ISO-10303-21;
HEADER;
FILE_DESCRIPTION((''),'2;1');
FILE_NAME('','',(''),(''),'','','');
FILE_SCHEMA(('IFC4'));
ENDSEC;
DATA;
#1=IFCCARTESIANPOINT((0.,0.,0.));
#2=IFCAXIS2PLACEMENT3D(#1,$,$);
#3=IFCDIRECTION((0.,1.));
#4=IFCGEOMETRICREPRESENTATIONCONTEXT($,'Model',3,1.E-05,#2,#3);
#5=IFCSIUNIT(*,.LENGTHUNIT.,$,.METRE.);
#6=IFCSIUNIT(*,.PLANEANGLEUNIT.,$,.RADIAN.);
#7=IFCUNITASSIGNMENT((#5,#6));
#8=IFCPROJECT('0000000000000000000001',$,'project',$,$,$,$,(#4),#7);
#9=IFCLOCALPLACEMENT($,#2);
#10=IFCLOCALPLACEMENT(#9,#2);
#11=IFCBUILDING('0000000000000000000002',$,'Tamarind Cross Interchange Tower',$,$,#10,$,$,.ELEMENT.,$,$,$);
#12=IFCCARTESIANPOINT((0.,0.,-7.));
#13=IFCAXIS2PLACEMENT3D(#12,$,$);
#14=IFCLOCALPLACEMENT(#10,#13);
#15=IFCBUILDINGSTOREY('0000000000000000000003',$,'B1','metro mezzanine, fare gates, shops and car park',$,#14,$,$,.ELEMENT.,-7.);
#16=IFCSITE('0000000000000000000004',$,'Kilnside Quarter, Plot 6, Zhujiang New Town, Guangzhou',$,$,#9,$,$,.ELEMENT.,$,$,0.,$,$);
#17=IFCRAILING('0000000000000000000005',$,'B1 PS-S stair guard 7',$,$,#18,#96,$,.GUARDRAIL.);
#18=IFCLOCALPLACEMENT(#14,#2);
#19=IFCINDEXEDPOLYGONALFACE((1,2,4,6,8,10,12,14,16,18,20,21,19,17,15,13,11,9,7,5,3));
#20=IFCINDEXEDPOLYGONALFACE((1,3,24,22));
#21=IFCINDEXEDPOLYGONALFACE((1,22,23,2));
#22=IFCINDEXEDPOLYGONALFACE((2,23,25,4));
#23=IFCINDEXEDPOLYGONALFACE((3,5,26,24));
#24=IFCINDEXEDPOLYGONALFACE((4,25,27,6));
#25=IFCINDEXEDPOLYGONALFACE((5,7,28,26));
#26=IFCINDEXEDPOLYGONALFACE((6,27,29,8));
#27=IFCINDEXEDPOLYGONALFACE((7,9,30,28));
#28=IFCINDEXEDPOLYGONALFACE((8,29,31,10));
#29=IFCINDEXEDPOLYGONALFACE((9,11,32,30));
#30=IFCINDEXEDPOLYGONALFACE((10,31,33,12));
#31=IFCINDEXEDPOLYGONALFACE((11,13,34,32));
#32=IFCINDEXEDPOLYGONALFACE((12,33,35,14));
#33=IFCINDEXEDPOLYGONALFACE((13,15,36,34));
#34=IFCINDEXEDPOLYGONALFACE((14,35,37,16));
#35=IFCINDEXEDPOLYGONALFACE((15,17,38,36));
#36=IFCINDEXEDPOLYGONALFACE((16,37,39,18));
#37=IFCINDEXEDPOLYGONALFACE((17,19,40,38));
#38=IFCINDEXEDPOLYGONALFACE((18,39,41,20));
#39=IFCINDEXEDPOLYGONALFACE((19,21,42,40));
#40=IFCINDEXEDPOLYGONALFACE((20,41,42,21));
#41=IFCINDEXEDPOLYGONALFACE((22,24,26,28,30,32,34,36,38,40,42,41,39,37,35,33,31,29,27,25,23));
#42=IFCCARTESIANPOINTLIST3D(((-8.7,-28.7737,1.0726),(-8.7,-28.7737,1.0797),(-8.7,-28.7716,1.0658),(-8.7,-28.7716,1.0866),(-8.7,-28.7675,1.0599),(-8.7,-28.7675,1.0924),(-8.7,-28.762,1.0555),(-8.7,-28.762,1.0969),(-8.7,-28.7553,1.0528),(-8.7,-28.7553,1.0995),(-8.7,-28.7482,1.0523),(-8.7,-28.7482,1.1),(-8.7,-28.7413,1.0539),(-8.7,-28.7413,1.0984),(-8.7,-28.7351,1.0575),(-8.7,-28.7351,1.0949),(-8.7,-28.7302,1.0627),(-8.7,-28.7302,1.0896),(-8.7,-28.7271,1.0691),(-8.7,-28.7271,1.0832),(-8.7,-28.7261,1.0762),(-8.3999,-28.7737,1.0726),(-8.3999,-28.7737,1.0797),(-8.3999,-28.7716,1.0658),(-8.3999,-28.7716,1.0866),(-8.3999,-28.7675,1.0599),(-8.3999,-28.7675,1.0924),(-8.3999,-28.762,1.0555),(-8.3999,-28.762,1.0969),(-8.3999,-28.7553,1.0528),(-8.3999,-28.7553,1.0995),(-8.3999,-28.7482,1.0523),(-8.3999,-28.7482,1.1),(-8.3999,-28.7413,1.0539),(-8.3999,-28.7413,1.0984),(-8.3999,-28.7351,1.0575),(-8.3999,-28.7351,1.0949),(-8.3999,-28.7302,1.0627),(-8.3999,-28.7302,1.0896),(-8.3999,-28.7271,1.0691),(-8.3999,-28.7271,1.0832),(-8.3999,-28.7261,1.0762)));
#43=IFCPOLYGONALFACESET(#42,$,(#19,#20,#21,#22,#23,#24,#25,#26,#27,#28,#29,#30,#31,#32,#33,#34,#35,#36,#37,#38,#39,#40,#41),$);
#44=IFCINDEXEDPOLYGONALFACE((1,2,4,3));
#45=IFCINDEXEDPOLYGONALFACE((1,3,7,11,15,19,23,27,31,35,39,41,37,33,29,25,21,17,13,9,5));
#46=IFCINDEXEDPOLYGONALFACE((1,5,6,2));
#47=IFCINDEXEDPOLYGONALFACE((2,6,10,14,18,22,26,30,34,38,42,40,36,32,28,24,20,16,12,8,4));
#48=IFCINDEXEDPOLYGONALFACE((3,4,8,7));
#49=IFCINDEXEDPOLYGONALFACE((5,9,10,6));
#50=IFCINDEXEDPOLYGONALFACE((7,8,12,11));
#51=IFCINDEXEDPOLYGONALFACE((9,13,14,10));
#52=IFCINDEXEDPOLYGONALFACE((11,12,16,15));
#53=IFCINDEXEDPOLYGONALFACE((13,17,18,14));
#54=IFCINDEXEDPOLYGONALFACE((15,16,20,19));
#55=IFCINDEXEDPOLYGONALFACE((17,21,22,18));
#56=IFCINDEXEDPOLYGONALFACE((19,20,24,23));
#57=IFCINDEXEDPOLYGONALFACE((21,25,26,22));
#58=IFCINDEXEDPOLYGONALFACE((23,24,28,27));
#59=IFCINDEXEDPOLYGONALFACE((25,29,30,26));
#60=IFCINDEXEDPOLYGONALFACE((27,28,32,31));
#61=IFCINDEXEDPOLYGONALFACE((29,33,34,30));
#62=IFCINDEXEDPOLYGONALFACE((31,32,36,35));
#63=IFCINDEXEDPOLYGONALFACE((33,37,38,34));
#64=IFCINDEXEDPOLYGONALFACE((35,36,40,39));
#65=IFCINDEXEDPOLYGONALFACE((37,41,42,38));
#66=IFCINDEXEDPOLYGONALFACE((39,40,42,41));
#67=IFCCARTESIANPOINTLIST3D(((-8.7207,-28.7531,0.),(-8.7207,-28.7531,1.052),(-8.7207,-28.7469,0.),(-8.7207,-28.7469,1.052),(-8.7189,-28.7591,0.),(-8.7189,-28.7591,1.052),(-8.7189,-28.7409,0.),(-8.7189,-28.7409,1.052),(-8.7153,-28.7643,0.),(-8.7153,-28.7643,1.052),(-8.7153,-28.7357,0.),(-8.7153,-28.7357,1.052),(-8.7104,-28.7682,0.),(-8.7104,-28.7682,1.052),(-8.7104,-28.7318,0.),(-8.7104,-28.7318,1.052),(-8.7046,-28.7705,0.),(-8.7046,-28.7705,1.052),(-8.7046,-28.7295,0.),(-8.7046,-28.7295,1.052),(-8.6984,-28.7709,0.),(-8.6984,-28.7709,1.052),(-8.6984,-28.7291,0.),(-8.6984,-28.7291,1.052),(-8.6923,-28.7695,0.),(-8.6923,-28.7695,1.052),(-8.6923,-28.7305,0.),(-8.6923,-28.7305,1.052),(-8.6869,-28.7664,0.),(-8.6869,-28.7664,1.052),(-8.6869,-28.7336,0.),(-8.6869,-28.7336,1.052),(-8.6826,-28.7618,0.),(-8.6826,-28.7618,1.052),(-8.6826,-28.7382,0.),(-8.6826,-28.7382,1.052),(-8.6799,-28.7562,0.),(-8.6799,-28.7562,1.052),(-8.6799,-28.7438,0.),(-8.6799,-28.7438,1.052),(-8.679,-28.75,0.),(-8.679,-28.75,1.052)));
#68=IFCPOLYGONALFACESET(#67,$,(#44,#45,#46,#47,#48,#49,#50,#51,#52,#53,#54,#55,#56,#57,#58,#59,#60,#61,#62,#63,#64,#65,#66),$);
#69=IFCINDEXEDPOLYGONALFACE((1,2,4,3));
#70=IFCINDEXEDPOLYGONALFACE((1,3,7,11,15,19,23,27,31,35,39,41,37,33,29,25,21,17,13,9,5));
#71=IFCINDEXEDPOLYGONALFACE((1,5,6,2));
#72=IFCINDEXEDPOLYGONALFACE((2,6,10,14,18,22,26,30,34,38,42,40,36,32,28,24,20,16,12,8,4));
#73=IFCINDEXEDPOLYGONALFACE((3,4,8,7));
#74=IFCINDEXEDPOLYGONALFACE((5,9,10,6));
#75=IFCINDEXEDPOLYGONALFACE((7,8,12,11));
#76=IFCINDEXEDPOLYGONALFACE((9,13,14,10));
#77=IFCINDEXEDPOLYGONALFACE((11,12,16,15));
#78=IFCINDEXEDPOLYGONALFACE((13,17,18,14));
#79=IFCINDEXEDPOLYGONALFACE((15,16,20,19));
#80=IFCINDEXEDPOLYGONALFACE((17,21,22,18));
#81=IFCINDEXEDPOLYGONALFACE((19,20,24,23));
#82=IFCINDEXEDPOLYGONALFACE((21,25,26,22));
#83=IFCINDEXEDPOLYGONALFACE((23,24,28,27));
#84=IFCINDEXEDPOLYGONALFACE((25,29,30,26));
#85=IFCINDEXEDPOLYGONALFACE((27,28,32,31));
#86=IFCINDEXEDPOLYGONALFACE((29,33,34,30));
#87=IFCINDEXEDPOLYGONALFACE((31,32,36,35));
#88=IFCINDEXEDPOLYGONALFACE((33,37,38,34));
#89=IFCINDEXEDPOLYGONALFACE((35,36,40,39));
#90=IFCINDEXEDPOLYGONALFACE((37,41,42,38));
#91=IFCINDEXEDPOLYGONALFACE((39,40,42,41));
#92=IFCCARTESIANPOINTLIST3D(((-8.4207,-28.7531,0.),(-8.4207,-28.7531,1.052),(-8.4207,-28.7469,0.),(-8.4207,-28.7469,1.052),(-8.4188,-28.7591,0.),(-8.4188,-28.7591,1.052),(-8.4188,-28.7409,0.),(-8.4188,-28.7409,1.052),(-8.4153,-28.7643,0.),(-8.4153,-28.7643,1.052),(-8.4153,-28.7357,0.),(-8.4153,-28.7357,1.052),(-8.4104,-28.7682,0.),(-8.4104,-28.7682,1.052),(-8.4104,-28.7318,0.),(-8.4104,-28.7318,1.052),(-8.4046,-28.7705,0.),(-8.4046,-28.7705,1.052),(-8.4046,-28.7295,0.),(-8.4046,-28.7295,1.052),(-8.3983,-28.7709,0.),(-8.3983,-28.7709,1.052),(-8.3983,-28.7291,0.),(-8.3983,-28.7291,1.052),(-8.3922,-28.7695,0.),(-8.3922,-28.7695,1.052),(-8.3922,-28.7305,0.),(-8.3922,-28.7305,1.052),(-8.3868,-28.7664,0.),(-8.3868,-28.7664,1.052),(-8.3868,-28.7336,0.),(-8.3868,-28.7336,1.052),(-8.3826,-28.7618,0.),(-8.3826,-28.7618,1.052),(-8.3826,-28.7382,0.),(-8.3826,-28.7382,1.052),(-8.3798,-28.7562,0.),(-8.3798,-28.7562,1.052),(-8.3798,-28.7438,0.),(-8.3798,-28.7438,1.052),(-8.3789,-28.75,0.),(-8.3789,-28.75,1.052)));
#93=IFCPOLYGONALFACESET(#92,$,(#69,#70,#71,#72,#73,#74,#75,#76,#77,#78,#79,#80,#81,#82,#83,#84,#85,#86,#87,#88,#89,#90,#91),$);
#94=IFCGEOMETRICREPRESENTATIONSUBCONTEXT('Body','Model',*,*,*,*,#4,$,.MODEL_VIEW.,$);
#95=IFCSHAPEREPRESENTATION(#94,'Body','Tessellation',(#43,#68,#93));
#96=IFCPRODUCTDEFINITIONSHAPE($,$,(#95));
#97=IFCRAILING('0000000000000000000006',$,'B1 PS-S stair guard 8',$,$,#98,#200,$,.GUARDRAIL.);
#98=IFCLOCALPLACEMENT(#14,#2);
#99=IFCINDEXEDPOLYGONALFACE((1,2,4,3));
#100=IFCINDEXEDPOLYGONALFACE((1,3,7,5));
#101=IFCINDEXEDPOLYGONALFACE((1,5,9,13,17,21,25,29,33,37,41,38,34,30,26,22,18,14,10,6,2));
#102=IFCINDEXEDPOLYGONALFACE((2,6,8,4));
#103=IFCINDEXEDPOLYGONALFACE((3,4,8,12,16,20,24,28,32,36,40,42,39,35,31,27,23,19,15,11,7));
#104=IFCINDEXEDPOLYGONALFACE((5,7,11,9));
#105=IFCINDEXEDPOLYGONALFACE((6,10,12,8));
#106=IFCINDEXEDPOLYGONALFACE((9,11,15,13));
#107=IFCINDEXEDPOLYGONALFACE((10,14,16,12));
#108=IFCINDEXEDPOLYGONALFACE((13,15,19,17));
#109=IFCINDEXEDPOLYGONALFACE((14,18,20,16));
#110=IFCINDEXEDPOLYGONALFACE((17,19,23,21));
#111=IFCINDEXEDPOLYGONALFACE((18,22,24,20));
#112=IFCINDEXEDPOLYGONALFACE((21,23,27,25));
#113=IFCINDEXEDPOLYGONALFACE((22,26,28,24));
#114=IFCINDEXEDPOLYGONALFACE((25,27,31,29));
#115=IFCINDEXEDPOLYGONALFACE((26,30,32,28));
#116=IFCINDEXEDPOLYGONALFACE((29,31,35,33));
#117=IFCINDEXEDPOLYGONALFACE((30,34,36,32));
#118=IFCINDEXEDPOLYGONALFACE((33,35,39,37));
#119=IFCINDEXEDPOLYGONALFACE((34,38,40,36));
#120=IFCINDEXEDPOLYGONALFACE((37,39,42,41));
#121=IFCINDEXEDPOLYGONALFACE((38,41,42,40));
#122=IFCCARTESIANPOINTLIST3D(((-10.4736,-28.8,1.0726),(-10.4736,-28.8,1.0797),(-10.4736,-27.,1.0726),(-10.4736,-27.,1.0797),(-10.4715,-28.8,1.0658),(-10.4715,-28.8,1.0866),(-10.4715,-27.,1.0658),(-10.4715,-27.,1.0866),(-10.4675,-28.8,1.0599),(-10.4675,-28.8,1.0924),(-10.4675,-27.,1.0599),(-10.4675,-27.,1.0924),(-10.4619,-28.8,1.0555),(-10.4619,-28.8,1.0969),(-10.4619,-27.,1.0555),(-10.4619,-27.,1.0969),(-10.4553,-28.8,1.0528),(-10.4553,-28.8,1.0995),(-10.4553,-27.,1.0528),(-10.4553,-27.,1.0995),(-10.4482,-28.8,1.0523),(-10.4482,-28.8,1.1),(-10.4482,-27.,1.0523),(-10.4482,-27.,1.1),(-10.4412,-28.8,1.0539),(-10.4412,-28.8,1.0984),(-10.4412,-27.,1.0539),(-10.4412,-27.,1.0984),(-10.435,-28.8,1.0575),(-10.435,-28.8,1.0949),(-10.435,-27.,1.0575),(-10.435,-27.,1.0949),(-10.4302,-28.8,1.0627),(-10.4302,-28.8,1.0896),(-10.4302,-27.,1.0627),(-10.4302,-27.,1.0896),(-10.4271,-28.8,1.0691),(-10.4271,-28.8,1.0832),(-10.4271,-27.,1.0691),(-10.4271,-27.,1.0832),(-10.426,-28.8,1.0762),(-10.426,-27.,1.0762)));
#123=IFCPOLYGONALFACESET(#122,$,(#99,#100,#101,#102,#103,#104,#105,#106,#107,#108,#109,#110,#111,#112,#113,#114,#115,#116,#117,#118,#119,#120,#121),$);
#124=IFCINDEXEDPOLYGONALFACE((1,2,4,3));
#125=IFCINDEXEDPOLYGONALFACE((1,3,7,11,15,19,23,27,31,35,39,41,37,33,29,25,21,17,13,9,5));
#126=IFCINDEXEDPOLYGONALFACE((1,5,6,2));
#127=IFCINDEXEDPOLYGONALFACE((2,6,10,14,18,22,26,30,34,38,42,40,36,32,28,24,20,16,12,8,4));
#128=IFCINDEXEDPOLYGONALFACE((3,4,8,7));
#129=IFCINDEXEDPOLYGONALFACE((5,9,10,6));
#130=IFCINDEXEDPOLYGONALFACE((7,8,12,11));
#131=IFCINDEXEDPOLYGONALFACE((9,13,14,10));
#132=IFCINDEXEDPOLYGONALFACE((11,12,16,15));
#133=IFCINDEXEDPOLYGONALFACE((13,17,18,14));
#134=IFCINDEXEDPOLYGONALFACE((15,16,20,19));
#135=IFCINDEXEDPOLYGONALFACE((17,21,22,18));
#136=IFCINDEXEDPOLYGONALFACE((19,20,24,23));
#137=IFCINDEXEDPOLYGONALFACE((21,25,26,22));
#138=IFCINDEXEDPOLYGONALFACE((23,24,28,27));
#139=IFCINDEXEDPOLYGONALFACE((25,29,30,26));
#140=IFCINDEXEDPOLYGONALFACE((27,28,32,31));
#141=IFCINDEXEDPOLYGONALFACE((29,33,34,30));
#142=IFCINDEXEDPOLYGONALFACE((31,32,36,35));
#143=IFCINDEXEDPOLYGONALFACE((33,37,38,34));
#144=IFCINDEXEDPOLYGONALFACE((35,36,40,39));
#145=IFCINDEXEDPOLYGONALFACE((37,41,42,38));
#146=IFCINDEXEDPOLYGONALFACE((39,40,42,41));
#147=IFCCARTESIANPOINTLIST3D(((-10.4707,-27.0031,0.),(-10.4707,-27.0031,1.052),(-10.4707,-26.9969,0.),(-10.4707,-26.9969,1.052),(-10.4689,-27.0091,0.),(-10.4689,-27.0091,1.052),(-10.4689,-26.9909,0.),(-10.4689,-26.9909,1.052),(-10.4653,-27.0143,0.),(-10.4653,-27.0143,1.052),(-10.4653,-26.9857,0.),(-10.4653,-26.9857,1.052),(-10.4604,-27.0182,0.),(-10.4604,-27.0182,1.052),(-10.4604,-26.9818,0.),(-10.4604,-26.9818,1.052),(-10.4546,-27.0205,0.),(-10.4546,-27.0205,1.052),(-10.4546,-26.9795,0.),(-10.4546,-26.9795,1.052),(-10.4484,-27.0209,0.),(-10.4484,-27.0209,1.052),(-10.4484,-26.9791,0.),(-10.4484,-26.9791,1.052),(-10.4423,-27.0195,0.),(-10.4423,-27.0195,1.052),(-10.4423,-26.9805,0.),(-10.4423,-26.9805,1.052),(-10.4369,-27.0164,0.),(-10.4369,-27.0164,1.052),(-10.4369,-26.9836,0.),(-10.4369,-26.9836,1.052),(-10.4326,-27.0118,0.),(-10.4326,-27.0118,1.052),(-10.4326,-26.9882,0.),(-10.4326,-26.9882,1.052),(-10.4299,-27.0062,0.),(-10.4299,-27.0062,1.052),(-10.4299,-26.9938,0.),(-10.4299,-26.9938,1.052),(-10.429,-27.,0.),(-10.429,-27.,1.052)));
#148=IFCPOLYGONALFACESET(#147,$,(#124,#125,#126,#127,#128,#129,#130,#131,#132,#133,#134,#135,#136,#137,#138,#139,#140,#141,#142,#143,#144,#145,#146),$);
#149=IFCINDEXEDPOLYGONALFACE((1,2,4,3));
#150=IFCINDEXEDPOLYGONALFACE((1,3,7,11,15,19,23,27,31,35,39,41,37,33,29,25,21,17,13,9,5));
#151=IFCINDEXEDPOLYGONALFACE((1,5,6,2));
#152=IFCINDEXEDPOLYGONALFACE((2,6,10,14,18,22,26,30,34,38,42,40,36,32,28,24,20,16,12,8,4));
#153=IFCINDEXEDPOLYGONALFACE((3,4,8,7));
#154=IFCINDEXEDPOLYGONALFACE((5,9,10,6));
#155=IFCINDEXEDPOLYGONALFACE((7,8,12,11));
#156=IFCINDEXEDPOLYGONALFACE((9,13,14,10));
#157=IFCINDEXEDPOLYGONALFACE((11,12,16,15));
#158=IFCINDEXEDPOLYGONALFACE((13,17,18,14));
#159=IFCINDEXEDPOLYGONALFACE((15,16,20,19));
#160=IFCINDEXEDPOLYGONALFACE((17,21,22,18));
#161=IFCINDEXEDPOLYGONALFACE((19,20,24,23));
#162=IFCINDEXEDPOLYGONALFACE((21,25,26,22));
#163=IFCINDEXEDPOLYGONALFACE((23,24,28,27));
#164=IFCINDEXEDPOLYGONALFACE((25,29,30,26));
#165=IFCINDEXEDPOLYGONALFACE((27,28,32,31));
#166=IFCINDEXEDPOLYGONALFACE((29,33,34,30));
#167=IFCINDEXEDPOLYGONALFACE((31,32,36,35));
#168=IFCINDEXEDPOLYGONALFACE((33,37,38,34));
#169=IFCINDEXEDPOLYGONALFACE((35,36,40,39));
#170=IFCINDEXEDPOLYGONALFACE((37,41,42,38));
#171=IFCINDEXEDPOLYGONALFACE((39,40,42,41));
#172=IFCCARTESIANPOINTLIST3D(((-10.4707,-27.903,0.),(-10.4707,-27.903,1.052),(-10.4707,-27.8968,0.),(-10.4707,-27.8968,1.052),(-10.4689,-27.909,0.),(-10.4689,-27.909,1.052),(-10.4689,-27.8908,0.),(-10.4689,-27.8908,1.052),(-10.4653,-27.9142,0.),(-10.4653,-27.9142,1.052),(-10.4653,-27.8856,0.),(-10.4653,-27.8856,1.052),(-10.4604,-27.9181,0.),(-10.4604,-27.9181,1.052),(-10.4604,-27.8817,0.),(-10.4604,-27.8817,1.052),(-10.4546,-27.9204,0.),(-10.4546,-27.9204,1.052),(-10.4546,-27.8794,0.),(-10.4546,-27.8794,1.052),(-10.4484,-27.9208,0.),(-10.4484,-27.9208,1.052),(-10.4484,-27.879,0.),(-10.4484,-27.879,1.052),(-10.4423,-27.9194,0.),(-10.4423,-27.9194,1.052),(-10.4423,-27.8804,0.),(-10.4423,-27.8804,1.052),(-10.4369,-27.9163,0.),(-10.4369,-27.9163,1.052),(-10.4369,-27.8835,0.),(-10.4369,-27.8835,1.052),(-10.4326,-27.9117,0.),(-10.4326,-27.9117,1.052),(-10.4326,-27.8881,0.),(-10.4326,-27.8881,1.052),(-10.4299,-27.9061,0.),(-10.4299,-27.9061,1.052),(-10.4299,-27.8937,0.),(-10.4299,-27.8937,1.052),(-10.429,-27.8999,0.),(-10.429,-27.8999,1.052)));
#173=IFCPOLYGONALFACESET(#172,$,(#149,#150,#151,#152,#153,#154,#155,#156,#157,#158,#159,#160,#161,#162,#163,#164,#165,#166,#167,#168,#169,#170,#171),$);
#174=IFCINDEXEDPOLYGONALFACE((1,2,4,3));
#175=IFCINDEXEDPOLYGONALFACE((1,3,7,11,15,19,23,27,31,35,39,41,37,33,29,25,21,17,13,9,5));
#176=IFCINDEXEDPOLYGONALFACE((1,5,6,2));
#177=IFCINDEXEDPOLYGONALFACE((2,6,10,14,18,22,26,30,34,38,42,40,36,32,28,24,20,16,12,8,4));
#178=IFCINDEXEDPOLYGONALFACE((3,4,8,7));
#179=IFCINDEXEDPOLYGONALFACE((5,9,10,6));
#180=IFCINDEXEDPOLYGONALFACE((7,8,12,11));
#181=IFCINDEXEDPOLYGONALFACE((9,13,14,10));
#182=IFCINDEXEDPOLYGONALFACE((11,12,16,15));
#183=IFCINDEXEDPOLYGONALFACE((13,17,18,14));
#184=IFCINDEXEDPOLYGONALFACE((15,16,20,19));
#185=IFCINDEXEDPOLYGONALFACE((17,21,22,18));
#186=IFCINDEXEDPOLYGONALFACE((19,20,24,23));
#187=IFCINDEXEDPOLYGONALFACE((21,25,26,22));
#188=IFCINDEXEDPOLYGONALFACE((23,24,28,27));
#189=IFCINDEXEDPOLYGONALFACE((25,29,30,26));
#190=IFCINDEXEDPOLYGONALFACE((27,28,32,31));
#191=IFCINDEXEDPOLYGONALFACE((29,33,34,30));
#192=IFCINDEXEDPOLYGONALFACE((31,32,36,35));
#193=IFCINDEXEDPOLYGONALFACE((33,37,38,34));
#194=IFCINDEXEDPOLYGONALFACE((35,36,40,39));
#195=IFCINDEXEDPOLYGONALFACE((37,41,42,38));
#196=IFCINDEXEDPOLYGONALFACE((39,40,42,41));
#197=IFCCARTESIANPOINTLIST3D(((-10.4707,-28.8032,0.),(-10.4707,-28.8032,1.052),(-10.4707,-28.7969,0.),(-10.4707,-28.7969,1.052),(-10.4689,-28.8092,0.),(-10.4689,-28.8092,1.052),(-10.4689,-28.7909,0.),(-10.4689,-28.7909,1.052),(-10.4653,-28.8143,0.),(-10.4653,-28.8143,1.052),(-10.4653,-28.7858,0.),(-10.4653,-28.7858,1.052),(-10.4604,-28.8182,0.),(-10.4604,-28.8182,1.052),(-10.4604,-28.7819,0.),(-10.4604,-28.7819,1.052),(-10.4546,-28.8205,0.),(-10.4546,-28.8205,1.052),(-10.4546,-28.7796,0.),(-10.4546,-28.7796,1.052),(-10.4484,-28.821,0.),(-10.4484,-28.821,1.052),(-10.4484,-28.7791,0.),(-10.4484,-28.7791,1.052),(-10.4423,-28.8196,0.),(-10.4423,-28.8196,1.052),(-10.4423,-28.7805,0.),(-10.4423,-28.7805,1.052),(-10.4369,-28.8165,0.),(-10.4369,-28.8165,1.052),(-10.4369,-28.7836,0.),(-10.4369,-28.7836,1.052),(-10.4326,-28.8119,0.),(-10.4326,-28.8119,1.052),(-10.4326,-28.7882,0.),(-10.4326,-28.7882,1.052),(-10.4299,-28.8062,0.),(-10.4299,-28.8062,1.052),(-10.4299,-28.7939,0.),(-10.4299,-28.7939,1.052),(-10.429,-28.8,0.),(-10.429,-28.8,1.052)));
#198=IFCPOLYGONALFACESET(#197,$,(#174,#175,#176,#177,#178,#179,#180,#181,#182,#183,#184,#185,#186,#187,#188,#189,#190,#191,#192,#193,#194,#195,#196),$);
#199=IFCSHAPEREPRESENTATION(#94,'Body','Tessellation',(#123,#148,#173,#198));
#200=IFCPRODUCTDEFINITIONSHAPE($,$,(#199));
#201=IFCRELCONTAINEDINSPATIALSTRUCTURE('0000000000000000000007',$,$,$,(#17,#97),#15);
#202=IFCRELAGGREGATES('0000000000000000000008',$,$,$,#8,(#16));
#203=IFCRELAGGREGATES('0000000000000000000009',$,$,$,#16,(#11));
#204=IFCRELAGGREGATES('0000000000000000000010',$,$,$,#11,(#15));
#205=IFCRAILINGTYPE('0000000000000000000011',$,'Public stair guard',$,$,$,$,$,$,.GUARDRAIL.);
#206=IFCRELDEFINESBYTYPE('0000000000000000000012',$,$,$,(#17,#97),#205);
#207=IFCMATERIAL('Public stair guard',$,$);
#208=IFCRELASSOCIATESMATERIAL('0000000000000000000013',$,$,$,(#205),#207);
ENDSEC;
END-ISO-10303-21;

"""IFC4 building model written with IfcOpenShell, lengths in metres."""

from ifc_helpers import new_model, si_unit, direction, frame, origin, origin_2d, place, context, subcontext, project, spatial, circle, extrude, material, type_object, element, save


model = new_model("IFC4")

# Units and contexts
model_context = context("Model", 3, precision=1e-05, world=origin(), true_north=direction((0.0, 1.0)))
body_context = subcontext(model_context, "Body", "Model", "MODEL_VIEW")
ifc_project = project(units=[si_unit("LENGTHUNIT", "METRE"), si_unit("PLANEANGLEUNIT", "RADIAN")], contexts=[model_context])

# Site, building, storey
site_placement = place(None, origin())
site = spatial("IfcSite", under=ifc_project, at=site_placement, Name="Kilnside Quarter, Plot 6, Zhujiang New Town, Guangzhou", CompositionType="ELEMENT", RefElevation=0.0)
building_placement = place(site_placement, origin())
building = spatial("IfcBuilding", under=site, at=building_placement, Name="Tamarind Cross Interchange Tower", CompositionType="ELEMENT")
storey_placement = place(building_placement, frame((0.0, 0.0, -7.0)))
storey = spatial("IfcBuildingStorey", under=building, at=storey_placement, Name="B1", Description="metro mezzanine, fare gates, shops and car park", CompositionType="ELEMENT", Elevation=-7.0)

# Railings
ifc_material_1 = material(Name="Public stair guard")
railing_type_1 = type_object("IfcRailingType", Name="Public stair guard", PredefinedType="GUARDRAIL", material=ifc_material_1)
railing_1_placement = place(storey_placement, frame((-8.7, -28.75, 0.0)))
element("IfcRailing", 1, at=railing_1_placement, inside=storey, type_object=railing_type_1, Name="B1 PS-S stair guard 7", PredefinedType="GUARDRAIL", context=body_context, shape_type="SweptSolid", body=[
    extrude(circle(Radius=0.0239, at=origin_2d()), frame((0.0, 0.0, 1.0762), z_axis=(1.0, 0.0, 0.0), x_axis=(0.0, 1.0, 0.0)), (0.0, 0.0, 1.0), 0.3),
    extrude(circle(Radius=0.021, at=origin_2d()), origin(), (0.0, 0.0, 1.0), 1.052),
    extrude(circle(Radius=0.021, at=origin_2d()), frame((0.3, 0.0, 0.0)), (0.0, 0.0, 1.0), 1.052),
])
for number, where, name in (
    (2, (-10.45, -27.0, 0.0), "B1 PS-S stair guard 8"),
):
    element("IfcRailing", number, at=place(storey_placement, frame(where)), inside=storey, type_object=railing_type_1, Name=name, PredefinedType="GUARDRAIL", context=body_context, shape_type="SweptSolid", body=[
        extrude(circle(Radius=0.0239, at=origin_2d()), frame((0.0, 0.0, 1.0762), z_axis=(0.0, -1.0, 0.0), x_axis=(1.0, 0.0, 0.0)), (0.0, 0.0, 1.0), 1.8),
        extrude(circle(Radius=0.021, at=origin_2d()), origin(), (0.0, 0.0, 1.0), 1.052),
        extrude(circle(Radius=0.021, at=origin_2d()), frame((0.0, -0.8999, 0.0)), (0.0, 0.0, 1.0), 1.052),
        extrude(circle(Radius=0.021, at=origin_2d()), frame((0.0, -1.8, 0.0)), (0.0, 0.0, 1.0), 1.052),
    ])

save(model, "model.ifc")
